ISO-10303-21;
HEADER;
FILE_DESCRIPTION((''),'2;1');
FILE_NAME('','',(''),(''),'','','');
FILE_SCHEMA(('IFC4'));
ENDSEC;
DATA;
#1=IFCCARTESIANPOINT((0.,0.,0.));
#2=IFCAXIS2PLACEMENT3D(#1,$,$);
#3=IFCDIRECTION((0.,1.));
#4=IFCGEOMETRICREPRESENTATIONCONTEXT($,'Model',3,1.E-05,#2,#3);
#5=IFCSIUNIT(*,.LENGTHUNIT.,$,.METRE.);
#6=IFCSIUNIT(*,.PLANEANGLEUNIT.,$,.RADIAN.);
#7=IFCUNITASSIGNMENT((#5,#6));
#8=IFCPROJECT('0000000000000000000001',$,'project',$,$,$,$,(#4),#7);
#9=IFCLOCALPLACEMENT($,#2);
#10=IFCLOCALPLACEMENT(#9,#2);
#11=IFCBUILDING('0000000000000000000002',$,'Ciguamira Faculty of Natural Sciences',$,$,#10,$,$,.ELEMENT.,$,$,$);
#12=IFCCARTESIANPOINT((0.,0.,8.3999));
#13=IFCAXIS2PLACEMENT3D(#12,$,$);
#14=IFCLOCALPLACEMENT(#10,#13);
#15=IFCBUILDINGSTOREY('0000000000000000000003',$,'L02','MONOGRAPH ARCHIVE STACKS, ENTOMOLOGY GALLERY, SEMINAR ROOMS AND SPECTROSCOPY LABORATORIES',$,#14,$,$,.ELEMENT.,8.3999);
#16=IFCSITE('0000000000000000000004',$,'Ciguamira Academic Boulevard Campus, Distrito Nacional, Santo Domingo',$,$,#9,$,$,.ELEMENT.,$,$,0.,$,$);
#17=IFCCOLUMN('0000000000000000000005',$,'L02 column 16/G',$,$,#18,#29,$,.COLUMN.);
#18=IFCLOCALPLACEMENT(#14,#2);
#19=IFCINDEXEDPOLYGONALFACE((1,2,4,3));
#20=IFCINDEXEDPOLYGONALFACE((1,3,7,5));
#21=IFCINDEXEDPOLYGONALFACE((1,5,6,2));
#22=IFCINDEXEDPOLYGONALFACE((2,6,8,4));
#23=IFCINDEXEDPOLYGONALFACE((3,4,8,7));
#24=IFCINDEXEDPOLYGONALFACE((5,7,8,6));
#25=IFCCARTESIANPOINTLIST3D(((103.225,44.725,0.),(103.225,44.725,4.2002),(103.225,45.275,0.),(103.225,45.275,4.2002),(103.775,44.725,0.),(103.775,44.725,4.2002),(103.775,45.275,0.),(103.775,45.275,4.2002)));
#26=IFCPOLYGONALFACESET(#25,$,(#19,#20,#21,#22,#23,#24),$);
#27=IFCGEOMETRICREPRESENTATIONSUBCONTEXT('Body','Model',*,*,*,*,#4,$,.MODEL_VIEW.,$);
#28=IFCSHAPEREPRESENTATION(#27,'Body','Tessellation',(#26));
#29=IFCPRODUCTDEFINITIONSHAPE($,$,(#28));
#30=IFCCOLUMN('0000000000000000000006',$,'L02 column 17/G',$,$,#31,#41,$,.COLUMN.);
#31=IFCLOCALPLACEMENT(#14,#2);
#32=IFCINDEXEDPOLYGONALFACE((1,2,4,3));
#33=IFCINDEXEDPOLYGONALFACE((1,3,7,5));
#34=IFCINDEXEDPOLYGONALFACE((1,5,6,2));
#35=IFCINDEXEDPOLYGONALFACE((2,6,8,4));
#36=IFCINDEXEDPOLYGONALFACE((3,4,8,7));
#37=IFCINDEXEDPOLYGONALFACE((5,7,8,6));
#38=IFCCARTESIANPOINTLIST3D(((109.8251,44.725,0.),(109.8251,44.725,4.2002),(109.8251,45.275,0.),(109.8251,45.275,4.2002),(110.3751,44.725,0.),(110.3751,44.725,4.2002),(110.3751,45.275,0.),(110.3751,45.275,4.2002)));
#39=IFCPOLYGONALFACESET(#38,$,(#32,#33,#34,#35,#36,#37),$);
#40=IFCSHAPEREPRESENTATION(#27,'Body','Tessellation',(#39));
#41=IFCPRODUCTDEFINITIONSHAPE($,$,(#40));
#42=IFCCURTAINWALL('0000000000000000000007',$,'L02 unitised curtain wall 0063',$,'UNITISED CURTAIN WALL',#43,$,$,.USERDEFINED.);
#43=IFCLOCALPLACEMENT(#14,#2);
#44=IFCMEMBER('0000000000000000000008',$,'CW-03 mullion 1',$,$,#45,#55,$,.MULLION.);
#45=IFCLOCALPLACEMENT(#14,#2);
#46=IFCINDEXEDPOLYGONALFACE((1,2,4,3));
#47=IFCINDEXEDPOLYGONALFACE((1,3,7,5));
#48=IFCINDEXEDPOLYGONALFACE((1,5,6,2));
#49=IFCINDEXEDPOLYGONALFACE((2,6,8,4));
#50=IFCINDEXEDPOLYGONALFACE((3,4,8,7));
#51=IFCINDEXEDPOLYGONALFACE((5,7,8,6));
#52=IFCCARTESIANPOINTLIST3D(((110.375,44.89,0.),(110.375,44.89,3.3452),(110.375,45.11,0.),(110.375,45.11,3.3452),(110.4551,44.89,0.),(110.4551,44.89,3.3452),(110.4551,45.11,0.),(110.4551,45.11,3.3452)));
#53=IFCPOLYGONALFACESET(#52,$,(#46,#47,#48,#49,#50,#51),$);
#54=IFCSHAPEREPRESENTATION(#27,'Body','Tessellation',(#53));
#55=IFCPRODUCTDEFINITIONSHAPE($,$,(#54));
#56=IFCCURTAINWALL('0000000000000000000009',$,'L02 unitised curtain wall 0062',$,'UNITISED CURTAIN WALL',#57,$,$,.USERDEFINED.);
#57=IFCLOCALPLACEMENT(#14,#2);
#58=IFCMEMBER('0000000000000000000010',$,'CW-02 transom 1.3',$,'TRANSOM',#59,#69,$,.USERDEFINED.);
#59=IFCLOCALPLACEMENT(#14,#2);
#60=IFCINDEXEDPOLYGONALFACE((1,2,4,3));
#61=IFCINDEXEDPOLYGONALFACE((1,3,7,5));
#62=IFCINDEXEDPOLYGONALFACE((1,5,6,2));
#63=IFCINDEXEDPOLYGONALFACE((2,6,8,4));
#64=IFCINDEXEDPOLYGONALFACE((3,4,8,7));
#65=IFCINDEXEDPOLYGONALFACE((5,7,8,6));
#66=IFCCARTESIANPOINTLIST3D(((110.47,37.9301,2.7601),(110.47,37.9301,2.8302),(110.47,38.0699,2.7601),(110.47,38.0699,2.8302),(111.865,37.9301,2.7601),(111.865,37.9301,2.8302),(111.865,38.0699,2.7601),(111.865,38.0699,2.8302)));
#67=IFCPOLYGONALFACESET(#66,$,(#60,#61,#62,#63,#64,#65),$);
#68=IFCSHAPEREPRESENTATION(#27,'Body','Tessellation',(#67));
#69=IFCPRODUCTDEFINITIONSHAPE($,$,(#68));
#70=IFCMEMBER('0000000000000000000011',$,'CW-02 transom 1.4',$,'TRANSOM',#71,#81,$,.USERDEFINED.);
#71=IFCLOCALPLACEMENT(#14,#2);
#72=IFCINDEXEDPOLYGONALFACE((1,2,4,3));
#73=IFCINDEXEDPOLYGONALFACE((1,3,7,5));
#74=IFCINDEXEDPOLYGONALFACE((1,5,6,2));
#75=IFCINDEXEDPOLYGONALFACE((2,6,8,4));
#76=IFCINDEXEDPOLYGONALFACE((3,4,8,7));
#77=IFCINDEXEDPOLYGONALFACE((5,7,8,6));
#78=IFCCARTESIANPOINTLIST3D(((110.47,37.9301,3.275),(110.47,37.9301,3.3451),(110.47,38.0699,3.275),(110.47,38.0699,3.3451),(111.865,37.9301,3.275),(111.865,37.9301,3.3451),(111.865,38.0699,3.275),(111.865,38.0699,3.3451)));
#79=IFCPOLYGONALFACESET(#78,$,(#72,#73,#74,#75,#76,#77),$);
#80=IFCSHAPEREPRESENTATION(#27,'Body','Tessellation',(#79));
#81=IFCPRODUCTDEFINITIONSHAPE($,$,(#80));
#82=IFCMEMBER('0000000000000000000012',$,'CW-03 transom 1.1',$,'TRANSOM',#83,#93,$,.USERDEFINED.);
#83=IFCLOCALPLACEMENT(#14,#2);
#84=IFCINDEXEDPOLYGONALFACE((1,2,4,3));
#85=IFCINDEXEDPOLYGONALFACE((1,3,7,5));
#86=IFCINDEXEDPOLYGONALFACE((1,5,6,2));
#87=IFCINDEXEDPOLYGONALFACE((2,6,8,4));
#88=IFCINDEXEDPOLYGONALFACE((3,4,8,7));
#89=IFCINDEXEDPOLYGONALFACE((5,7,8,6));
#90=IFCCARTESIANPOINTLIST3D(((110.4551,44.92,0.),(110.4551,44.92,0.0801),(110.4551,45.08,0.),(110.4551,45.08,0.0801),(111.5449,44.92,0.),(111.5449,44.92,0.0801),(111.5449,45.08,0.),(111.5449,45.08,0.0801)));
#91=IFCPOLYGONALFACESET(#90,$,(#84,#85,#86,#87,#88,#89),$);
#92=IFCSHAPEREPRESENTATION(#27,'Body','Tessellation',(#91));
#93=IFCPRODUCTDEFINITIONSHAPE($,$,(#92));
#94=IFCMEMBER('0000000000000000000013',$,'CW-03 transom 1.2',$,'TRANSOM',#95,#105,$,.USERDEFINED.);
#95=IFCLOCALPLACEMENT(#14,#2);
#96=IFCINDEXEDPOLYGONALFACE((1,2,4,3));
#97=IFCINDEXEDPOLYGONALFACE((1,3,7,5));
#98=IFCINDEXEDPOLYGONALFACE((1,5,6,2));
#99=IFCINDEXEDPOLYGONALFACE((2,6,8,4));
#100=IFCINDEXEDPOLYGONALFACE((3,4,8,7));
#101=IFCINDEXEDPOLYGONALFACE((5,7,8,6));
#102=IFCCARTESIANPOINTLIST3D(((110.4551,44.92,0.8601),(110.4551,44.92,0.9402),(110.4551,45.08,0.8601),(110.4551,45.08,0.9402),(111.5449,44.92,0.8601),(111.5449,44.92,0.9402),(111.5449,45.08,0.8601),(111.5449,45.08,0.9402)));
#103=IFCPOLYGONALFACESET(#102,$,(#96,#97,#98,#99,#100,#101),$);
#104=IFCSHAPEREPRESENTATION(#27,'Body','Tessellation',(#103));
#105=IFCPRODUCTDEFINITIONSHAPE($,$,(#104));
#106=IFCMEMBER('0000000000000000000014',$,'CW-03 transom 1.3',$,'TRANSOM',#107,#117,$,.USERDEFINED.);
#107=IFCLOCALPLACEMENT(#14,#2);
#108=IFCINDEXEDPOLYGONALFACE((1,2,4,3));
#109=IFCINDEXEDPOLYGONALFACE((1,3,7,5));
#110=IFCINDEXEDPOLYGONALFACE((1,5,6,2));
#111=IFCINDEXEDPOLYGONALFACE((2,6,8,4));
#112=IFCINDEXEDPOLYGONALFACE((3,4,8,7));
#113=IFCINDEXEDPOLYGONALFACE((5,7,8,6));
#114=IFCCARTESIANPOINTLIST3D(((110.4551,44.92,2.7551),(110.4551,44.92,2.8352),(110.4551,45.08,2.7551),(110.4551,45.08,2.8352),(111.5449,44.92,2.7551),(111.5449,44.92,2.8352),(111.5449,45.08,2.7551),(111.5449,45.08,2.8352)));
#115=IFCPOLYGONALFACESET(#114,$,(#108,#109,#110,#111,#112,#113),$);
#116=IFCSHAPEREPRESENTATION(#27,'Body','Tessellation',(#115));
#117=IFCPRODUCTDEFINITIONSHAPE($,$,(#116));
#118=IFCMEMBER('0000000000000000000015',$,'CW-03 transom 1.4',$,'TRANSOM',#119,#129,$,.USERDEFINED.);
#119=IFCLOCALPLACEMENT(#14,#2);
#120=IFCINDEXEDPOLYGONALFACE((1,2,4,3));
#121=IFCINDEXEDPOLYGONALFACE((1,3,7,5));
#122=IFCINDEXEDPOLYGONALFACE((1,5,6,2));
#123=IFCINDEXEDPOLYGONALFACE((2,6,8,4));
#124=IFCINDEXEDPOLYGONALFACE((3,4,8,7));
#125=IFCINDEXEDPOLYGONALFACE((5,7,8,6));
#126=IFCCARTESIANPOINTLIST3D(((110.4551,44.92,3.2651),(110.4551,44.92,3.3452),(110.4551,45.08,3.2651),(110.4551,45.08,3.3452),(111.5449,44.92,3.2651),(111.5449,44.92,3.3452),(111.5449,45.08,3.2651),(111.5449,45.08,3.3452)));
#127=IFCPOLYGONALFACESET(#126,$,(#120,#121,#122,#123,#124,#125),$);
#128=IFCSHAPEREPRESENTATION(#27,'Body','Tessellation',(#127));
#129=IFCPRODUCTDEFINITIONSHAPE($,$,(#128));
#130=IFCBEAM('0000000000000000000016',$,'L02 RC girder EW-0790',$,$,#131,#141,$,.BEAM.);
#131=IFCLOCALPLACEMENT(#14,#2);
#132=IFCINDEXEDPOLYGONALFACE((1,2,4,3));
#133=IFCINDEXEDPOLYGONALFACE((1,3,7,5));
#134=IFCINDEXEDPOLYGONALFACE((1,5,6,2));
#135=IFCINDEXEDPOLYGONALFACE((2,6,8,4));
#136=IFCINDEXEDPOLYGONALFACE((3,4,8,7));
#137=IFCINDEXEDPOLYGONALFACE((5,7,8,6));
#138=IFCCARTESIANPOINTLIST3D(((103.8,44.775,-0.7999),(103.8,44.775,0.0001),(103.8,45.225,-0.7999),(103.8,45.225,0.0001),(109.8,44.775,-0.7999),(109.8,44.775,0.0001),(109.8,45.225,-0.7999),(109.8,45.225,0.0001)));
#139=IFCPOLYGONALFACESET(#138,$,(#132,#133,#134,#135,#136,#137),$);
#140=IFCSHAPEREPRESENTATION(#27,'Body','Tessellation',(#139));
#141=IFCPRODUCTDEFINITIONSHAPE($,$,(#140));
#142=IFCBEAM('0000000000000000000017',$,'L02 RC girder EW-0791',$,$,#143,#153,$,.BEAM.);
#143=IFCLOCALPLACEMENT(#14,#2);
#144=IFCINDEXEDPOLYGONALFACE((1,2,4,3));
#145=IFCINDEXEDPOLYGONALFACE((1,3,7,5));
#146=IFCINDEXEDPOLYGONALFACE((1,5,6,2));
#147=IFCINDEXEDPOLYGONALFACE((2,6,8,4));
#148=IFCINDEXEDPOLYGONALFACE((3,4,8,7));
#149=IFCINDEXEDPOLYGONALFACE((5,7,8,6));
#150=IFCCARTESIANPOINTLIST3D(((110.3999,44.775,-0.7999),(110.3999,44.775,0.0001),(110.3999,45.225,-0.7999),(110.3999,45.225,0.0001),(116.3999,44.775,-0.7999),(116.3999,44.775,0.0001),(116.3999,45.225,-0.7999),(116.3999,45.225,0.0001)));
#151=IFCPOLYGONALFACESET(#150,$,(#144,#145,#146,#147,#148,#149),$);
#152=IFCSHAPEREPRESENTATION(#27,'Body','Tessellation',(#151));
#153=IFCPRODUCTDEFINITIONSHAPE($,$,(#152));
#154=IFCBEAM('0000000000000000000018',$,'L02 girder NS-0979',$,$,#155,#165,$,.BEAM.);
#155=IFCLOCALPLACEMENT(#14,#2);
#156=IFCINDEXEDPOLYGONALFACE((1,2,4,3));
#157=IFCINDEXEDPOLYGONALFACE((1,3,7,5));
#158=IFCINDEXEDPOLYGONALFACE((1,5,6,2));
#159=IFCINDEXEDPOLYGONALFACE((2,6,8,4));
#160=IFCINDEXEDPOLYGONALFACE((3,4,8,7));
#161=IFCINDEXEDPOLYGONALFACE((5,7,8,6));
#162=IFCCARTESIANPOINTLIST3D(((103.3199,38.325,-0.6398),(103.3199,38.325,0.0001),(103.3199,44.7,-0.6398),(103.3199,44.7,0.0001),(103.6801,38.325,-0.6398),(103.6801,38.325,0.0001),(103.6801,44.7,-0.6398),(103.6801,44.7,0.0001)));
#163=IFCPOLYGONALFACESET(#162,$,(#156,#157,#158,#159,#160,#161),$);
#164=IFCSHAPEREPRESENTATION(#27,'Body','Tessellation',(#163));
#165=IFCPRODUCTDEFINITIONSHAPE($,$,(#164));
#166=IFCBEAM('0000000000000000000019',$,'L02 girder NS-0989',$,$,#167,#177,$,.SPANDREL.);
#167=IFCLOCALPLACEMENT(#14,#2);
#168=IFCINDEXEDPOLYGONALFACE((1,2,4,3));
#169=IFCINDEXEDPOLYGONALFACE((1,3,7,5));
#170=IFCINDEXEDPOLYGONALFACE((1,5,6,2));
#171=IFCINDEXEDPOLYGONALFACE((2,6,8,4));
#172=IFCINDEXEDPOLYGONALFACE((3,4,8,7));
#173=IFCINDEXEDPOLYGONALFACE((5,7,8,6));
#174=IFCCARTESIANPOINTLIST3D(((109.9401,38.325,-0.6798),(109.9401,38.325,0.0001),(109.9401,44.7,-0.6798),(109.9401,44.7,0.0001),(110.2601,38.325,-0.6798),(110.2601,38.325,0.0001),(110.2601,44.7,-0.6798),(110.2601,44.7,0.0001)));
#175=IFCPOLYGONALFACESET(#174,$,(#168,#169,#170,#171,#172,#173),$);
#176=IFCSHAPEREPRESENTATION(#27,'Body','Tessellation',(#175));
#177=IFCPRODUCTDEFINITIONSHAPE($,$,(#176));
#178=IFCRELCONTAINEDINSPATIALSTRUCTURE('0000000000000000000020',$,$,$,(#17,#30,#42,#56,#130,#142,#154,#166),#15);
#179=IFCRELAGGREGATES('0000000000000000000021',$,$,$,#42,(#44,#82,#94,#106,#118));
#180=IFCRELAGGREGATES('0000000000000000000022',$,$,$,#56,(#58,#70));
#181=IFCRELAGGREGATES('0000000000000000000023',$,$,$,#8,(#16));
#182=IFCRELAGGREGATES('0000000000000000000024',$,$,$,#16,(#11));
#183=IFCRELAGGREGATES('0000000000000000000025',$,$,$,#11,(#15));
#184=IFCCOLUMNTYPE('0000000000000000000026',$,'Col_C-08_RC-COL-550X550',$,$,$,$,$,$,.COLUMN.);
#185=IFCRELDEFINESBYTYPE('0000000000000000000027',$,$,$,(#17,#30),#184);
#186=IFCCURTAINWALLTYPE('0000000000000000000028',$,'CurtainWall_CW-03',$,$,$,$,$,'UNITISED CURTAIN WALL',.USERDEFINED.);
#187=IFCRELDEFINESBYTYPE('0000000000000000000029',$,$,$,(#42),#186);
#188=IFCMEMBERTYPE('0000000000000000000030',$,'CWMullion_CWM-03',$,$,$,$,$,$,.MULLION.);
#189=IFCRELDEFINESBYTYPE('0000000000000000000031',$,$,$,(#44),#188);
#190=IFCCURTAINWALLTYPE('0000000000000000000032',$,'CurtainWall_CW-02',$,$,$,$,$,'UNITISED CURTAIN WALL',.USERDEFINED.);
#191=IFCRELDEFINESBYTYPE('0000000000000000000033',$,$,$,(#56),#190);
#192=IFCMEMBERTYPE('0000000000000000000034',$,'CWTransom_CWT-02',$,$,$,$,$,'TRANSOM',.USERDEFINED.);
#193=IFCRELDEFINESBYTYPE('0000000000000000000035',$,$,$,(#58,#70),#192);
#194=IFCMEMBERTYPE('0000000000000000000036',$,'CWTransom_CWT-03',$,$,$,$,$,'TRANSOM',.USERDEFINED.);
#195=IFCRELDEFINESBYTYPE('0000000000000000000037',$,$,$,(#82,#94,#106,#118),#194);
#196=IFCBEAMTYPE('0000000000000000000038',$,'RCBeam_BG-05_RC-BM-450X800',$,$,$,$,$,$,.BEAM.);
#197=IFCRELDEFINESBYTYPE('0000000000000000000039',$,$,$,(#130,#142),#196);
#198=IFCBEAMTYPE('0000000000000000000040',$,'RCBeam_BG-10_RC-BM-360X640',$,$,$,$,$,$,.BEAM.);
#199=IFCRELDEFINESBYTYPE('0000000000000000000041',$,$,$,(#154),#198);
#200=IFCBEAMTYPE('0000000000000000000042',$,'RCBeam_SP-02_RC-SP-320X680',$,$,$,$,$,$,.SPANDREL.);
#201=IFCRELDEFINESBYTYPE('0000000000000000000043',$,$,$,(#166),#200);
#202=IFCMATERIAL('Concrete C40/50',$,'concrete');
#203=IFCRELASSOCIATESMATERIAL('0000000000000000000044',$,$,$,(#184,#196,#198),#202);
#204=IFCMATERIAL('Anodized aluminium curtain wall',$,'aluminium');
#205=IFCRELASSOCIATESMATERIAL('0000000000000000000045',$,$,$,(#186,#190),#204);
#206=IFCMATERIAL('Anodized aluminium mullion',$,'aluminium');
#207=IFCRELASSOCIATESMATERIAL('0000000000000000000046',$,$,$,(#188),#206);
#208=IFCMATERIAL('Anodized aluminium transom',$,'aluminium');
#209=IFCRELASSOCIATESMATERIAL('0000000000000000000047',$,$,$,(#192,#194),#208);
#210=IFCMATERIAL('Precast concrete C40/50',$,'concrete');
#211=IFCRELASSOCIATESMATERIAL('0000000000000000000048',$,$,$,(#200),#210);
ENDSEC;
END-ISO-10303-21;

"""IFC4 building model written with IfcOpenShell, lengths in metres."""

from ifc_helpers import new_model, si_unit, direction, frame, origin, origin_2d, place, context, subcontext, project, spatial, rectangle, extrude, material, material_profile, profile_set, type_object, element, aggregate, save


model = new_model("IFC4")

# Units and contexts
model_context = context("Model", 3, precision=1e-05, world=origin(), true_north=direction((0.0, 1.0)))
body_context = subcontext(model_context, "Body", "Model", "MODEL_VIEW")
ifc_project = project(units=[si_unit("LENGTHUNIT", "METRE"), si_unit("PLANEANGLEUNIT", "RADIAN")], contexts=[model_context])

# Site, building, storey
site_placement = place(None, origin())
site = spatial("IfcSite", under=ifc_project, at=site_placement, Name="Ciguamira Academic Boulevard Campus, Distrito Nacional, Santo Domingo", CompositionType="ELEMENT", RefElevation=0.0)
building_placement = place(site_placement, origin())
building = spatial("IfcBuilding", under=site, at=building_placement, Name="Ciguamira Faculty of Natural Sciences", CompositionType="ELEMENT")
storey_placement = place(building_placement, frame((0.0, 0.0, 8.3999)))
storey = spatial("IfcBuildingStorey", under=building, at=storey_placement, Name="L02", Description="MONOGRAPH ARCHIVE STACKS, ENTOMOLOGY GALLERY, SEMINAR ROOMS AND SPECTROSCOPY LABORATORIES", CompositionType="ELEMENT", Elevation=8.3999)

# Columns
ifc_material_1 = material(Name="Concrete C40/50", Category="concrete")
ifc_material_profile_1 = material_profile(ifc_material_1, rectangle(XDim=0.55, YDim=0.55, at=origin_2d()), Name="RC-COL-550X550")
ifc_profile_set_1 = profile_set([ifc_material_profile_1], Name="Concrete C40/50")
column_type = type_object("IfcColumnType", Name="Col_C-08_RC-COL-550X550", PredefinedType="COLUMN", material=ifc_profile_set_1)
for number, where, z_axis, x_axis, name in (
    (1, (103.5, 45.0, 0.0), (0.0, 0.0, 1.0), (1.0, 0.0, 0.0), "L02 column 16/G"),
    (2, (110.1001, 45.0, 0.0), (0.0, 0.0, 1.0), (1.0, 0.0, 0.0), "L02 column 17/G"),
):
    element("IfcColumn", number, at=place(storey_placement, frame(where, z_axis=z_axis, x_axis=x_axis)), inside=storey, type_object=column_type, Name=name, PredefinedType="COLUMN", context=body_context, shape_type="SweptSolid", body=[
        extrude(rectangle(XDim=0.55, YDim=0.55, at=origin_2d()), origin(), (0.0, 0.0, 1.0), 4.2002),
    ])

# Curtain wall, member
ifc_material_2 = material(Name="Anodized aluminium curtain wall", Category="aluminium")
curtain_wall_type_1 = type_object("IfcCurtainWallType", Name="CurtainWall_CW-03", ElementType="UNITISED CURTAIN WALL", PredefinedType="USERDEFINED", material=ifc_material_2)
curtain_wall_1_placement = place(storey_placement, origin())
curtain_wall_1 = element("IfcCurtainWall", 3, at=curtain_wall_1_placement, inside=storey, type_object=curtain_wall_type_1, Name="L02 unitised curtain wall 0063", ObjectType="UNITISED CURTAIN WALL", PredefinedType="USERDEFINED")
ifc_material_3 = material(Name="Anodized aluminium mullion", Category="aluminium")
ifc_material_profile_2 = material_profile(ifc_material_3, rectangle(XDim=0.0801, YDim=0.22, at=origin_2d()), Name="ALU-MUL-80X220")
ifc_profile_set_2 = profile_set([ifc_material_profile_2], Name="Anodized aluminium mullion")
member_type_1 = type_object("IfcMemberType", Name="CWMullion_CWM-03", PredefinedType="MULLION", material=ifc_profile_set_2)
member_1_placement = place(storey_placement, frame((110.415, 45.0, 0.0), z_axis=(0.0, 0.0, 1.0), x_axis=(1.0, 0.0, 0.0)))
member_1 = element("IfcMember", 4, at=member_1_placement, type_object=member_type_1, Name="CW-03 mullion 1", PredefinedType="MULLION", context=body_context, shape_type="SweptSolid", body=[
    extrude(rectangle(XDim=0.0801, YDim=0.22, at=origin_2d()), origin(), (0.0, 0.0, 1.0), 3.3452),
])

# Curtain wall, members
curtain_wall_type_2 = type_object("IfcCurtainWallType", Name="CurtainWall_CW-02", ElementType="UNITISED CURTAIN WALL", PredefinedType="USERDEFINED", material=ifc_material_2)
curtain_wall_2_placement = place(storey_placement, origin())
curtain_wall_2 = element("IfcCurtainWall", 5, at=curtain_wall_2_placement, inside=storey, type_object=curtain_wall_type_2, Name="L02 unitised curtain wall 0062", ObjectType="UNITISED CURTAIN WALL", PredefinedType="USERDEFINED")
ifc_material_4 = material(Name="Anodized aluminium transom", Category="aluminium")
ifc_material_profile_3 = material_profile(ifc_material_4, rectangle(XDim=0.0701, YDim=0.1399, at=origin_2d()), Name="ALU-TRN-70X140")
ifc_profile_set_3 = profile_set([ifc_material_profile_3], Name="Anodized aluminium transom")
member_type_2 = type_object("IfcMemberType", Name="CWTransom_CWT-02", ElementType="TRANSOM", PredefinedType="USERDEFINED", material=ifc_profile_set_3)
member_2_placement = place(storey_placement, frame((110.47, 38.0, 2.7952), z_axis=(1.0, 0.0, 0.0), x_axis=(0.0, 0.0, 1.0)))
member_2 = element("IfcMember", 6, at=member_2_placement, type_object=member_type_2, Name="CW-02 transom 1.3", ObjectType="TRANSOM", PredefinedType="USERDEFINED", context=body_context, shape_type="SweptSolid", body=[
    extrude(rectangle(XDim=0.0701, YDim=0.1399, at=origin_2d()), origin(), (0.0, 0.0, 1.0), 1.395),
])
member_3_placement = place(storey_placement, frame((110.47, 38.0, 3.3101), z_axis=(1.0, 0.0, 0.0), x_axis=(0.0, 0.0, 1.0)))
member_3 = element("IfcMember", 7, at=member_3_placement, type_object=member_type_2, Name="CW-02 transom 1.4", ObjectType="TRANSOM", PredefinedType="USERDEFINED", context=body_context, shape_type="SweptSolid", body=[
    extrude(rectangle(XDim=0.0701, YDim=0.1399, at=origin_2d()), origin(), (0.0, 0.0, 1.0), 1.395),
])

# Members
ifc_material_profile_4 = material_profile(ifc_material_4, rectangle(XDim=0.0801, YDim=0.1599, at=origin_2d()), Name="ALU-TRN-80X160")
ifc_profile_set_4 = profile_set([ifc_material_profile_4], Name="Anodized aluminium transom")
member_type_3 = type_object("IfcMemberType", Name="CWTransom_CWT-03", ElementType="TRANSOM", PredefinedType="USERDEFINED", material=ifc_profile_set_4)
member_4_placement = place(storey_placement, frame((110.4551, 45.0, 0.04), z_axis=(1.0, 0.0, 0.0), x_axis=(0.0, 0.0, 1.0)))
member_4 = element("IfcMember", 8, at=member_4_placement, type_object=member_type_3, Name="CW-03 transom 1.1", ObjectType="TRANSOM", PredefinedType="USERDEFINED", context=body_context, shape_type="SweptSolid", body=[
    extrude(rectangle(XDim=0.0801, YDim=0.1599, at=origin_2d()), origin(), (0.0, 0.0, 1.0), 1.0898),
])
member_5_placement = place(storey_placement, frame((110.4551, 45.0, 0.9001), z_axis=(1.0, 0.0, 0.0), x_axis=(0.0, 0.0, 1.0)))
member_5 = element("IfcMember", 9, at=member_5_placement, type_object=member_type_3, Name="CW-03 transom 1.2", ObjectType="TRANSOM", PredefinedType="USERDEFINED", context=body_context, shape_type="SweptSolid", body=[
    extrude(rectangle(XDim=0.0801, YDim=0.1599, at=origin_2d()), origin(), (0.0, 0.0, 1.0), 1.0898),
])
member_6_placement = place(storey_placement, frame((110.4551, 45.0, 2.7952), z_axis=(1.0, 0.0, 0.0), x_axis=(0.0, 0.0, 1.0)))
member_6 = element("IfcMember", 10, at=member_6_placement, type_object=member_type_3, Name="CW-03 transom 1.3", ObjectType="TRANSOM", PredefinedType="USERDEFINED", context=body_context, shape_type="SweptSolid", body=[
    extrude(rectangle(XDim=0.0801, YDim=0.1599, at=origin_2d()), origin(), (0.0, 0.0, 1.0), 1.0898),
])
member_7_placement = place(storey_placement, frame((110.4551, 45.0, 3.3052), z_axis=(1.0, 0.0, 0.0), x_axis=(0.0, 0.0, 1.0)))
member_7 = element("IfcMember", 11, at=member_7_placement, type_object=member_type_3, Name="CW-03 transom 1.4", ObjectType="TRANSOM", PredefinedType="USERDEFINED", context=body_context, shape_type="SweptSolid", body=[
    extrude(rectangle(XDim=0.0801, YDim=0.1599, at=origin_2d()), origin(), (0.0, 0.0, 1.0), 1.0898),
])

# Beams
ifc_material_profile_5 = material_profile(ifc_material_1, rectangle(XDim=0.45, YDim=0.8, at=origin_2d()), Name="RC-BM-450X800")
ifc_profile_set_5 = profile_set([ifc_material_profile_5], Name="Concrete C40/50")
beam_type_1 = type_object("IfcBeamType", Name="RCBeam_BG-05_RC-BM-450X800", PredefinedType="BEAM", material=ifc_profile_set_5)
for number, where, z_axis, x_axis, name in (
    (12, (103.8, 45.0, -0.3999), (1.0, 0.0, 0.0), (0.0, 1.0, 0.0), "L02 RC girder EW-0790"),
    (13, (110.3999, 45.0, -0.3999), (1.0, 0.0, 0.0), (0.0, 1.0, 0.0), "L02 RC girder EW-0791"),
):
    element("IfcBeam", number, at=place(storey_placement, frame(where, z_axis=z_axis, x_axis=x_axis)), inside=storey, type_object=beam_type_1, Name=name, PredefinedType="BEAM", context=body_context, shape_type="SweptSolid", body=[
        extrude(rectangle(XDim=0.45, YDim=0.8, at=origin_2d()), origin(), (0.0, 0.0, 1.0), 6.0),
    ])
ifc_material_profile_6 = material_profile(ifc_material_1, rectangle(XDim=0.3601, YDim=0.6399, at=origin_2d()), Name="RC-BM-360X640")
ifc_profile_set_6 = profile_set([ifc_material_profile_6], Name="Concrete C40/50")
beam_type_2 = type_object("IfcBeamType", Name="RCBeam_BG-10_RC-BM-360X640", PredefinedType="BEAM", material=ifc_profile_set_6)
beam_1_placement = place(storey_placement, frame((103.5, 38.325, -0.3198), z_axis=(0.0, 1.0, 0.0), x_axis=(-1.0, 0.0, 0.0)))
element("IfcBeam", 14, at=beam_1_placement, inside=storey, type_object=beam_type_2, Name="L02 girder NS-0979", PredefinedType="BEAM", context=body_context, shape_type="SweptSolid", body=[
    extrude(rectangle(XDim=0.3601, YDim=0.6399, at=origin_2d()), origin(), (0.0, 0.0, 1.0), 6.375),
])
ifc_material_5 = material(Name="Precast concrete C40/50", Category="concrete")
ifc_material_profile_7 = material_profile(ifc_material_5, rectangle(XDim=0.3201, YDim=0.6799, at=origin_2d()), Name="RC-SP-320X680")
ifc_profile_set_7 = profile_set([ifc_material_profile_7], Name="Precast concrete C40/50")
beam_type_3 = type_object("IfcBeamType", Name="RCBeam_SP-02_RC-SP-320X680", PredefinedType="SPANDREL", material=ifc_profile_set_7)
beam_2_placement = place(storey_placement, frame((110.1001, 38.325, -0.3398), z_axis=(0.0, 1.0, 0.0), x_axis=(-1.0, 0.0, 0.0)))
element("IfcBeam", 15, at=beam_2_placement, inside=storey, type_object=beam_type_3, Name="L02 girder NS-0989", PredefinedType="SPANDREL", context=body_context, shape_type="SweptSolid", body=[
    extrude(rectangle(XDim=0.3201, YDim=0.6799, at=origin_2d()), origin(), (0.0, 0.0, 1.0), 6.375),
])

aggregate(curtain_wall_1, [member_1, member_4, member_5, member_6, member_7])
aggregate(curtain_wall_2, [member_2, member_3])

save(model, "model.ifc")
